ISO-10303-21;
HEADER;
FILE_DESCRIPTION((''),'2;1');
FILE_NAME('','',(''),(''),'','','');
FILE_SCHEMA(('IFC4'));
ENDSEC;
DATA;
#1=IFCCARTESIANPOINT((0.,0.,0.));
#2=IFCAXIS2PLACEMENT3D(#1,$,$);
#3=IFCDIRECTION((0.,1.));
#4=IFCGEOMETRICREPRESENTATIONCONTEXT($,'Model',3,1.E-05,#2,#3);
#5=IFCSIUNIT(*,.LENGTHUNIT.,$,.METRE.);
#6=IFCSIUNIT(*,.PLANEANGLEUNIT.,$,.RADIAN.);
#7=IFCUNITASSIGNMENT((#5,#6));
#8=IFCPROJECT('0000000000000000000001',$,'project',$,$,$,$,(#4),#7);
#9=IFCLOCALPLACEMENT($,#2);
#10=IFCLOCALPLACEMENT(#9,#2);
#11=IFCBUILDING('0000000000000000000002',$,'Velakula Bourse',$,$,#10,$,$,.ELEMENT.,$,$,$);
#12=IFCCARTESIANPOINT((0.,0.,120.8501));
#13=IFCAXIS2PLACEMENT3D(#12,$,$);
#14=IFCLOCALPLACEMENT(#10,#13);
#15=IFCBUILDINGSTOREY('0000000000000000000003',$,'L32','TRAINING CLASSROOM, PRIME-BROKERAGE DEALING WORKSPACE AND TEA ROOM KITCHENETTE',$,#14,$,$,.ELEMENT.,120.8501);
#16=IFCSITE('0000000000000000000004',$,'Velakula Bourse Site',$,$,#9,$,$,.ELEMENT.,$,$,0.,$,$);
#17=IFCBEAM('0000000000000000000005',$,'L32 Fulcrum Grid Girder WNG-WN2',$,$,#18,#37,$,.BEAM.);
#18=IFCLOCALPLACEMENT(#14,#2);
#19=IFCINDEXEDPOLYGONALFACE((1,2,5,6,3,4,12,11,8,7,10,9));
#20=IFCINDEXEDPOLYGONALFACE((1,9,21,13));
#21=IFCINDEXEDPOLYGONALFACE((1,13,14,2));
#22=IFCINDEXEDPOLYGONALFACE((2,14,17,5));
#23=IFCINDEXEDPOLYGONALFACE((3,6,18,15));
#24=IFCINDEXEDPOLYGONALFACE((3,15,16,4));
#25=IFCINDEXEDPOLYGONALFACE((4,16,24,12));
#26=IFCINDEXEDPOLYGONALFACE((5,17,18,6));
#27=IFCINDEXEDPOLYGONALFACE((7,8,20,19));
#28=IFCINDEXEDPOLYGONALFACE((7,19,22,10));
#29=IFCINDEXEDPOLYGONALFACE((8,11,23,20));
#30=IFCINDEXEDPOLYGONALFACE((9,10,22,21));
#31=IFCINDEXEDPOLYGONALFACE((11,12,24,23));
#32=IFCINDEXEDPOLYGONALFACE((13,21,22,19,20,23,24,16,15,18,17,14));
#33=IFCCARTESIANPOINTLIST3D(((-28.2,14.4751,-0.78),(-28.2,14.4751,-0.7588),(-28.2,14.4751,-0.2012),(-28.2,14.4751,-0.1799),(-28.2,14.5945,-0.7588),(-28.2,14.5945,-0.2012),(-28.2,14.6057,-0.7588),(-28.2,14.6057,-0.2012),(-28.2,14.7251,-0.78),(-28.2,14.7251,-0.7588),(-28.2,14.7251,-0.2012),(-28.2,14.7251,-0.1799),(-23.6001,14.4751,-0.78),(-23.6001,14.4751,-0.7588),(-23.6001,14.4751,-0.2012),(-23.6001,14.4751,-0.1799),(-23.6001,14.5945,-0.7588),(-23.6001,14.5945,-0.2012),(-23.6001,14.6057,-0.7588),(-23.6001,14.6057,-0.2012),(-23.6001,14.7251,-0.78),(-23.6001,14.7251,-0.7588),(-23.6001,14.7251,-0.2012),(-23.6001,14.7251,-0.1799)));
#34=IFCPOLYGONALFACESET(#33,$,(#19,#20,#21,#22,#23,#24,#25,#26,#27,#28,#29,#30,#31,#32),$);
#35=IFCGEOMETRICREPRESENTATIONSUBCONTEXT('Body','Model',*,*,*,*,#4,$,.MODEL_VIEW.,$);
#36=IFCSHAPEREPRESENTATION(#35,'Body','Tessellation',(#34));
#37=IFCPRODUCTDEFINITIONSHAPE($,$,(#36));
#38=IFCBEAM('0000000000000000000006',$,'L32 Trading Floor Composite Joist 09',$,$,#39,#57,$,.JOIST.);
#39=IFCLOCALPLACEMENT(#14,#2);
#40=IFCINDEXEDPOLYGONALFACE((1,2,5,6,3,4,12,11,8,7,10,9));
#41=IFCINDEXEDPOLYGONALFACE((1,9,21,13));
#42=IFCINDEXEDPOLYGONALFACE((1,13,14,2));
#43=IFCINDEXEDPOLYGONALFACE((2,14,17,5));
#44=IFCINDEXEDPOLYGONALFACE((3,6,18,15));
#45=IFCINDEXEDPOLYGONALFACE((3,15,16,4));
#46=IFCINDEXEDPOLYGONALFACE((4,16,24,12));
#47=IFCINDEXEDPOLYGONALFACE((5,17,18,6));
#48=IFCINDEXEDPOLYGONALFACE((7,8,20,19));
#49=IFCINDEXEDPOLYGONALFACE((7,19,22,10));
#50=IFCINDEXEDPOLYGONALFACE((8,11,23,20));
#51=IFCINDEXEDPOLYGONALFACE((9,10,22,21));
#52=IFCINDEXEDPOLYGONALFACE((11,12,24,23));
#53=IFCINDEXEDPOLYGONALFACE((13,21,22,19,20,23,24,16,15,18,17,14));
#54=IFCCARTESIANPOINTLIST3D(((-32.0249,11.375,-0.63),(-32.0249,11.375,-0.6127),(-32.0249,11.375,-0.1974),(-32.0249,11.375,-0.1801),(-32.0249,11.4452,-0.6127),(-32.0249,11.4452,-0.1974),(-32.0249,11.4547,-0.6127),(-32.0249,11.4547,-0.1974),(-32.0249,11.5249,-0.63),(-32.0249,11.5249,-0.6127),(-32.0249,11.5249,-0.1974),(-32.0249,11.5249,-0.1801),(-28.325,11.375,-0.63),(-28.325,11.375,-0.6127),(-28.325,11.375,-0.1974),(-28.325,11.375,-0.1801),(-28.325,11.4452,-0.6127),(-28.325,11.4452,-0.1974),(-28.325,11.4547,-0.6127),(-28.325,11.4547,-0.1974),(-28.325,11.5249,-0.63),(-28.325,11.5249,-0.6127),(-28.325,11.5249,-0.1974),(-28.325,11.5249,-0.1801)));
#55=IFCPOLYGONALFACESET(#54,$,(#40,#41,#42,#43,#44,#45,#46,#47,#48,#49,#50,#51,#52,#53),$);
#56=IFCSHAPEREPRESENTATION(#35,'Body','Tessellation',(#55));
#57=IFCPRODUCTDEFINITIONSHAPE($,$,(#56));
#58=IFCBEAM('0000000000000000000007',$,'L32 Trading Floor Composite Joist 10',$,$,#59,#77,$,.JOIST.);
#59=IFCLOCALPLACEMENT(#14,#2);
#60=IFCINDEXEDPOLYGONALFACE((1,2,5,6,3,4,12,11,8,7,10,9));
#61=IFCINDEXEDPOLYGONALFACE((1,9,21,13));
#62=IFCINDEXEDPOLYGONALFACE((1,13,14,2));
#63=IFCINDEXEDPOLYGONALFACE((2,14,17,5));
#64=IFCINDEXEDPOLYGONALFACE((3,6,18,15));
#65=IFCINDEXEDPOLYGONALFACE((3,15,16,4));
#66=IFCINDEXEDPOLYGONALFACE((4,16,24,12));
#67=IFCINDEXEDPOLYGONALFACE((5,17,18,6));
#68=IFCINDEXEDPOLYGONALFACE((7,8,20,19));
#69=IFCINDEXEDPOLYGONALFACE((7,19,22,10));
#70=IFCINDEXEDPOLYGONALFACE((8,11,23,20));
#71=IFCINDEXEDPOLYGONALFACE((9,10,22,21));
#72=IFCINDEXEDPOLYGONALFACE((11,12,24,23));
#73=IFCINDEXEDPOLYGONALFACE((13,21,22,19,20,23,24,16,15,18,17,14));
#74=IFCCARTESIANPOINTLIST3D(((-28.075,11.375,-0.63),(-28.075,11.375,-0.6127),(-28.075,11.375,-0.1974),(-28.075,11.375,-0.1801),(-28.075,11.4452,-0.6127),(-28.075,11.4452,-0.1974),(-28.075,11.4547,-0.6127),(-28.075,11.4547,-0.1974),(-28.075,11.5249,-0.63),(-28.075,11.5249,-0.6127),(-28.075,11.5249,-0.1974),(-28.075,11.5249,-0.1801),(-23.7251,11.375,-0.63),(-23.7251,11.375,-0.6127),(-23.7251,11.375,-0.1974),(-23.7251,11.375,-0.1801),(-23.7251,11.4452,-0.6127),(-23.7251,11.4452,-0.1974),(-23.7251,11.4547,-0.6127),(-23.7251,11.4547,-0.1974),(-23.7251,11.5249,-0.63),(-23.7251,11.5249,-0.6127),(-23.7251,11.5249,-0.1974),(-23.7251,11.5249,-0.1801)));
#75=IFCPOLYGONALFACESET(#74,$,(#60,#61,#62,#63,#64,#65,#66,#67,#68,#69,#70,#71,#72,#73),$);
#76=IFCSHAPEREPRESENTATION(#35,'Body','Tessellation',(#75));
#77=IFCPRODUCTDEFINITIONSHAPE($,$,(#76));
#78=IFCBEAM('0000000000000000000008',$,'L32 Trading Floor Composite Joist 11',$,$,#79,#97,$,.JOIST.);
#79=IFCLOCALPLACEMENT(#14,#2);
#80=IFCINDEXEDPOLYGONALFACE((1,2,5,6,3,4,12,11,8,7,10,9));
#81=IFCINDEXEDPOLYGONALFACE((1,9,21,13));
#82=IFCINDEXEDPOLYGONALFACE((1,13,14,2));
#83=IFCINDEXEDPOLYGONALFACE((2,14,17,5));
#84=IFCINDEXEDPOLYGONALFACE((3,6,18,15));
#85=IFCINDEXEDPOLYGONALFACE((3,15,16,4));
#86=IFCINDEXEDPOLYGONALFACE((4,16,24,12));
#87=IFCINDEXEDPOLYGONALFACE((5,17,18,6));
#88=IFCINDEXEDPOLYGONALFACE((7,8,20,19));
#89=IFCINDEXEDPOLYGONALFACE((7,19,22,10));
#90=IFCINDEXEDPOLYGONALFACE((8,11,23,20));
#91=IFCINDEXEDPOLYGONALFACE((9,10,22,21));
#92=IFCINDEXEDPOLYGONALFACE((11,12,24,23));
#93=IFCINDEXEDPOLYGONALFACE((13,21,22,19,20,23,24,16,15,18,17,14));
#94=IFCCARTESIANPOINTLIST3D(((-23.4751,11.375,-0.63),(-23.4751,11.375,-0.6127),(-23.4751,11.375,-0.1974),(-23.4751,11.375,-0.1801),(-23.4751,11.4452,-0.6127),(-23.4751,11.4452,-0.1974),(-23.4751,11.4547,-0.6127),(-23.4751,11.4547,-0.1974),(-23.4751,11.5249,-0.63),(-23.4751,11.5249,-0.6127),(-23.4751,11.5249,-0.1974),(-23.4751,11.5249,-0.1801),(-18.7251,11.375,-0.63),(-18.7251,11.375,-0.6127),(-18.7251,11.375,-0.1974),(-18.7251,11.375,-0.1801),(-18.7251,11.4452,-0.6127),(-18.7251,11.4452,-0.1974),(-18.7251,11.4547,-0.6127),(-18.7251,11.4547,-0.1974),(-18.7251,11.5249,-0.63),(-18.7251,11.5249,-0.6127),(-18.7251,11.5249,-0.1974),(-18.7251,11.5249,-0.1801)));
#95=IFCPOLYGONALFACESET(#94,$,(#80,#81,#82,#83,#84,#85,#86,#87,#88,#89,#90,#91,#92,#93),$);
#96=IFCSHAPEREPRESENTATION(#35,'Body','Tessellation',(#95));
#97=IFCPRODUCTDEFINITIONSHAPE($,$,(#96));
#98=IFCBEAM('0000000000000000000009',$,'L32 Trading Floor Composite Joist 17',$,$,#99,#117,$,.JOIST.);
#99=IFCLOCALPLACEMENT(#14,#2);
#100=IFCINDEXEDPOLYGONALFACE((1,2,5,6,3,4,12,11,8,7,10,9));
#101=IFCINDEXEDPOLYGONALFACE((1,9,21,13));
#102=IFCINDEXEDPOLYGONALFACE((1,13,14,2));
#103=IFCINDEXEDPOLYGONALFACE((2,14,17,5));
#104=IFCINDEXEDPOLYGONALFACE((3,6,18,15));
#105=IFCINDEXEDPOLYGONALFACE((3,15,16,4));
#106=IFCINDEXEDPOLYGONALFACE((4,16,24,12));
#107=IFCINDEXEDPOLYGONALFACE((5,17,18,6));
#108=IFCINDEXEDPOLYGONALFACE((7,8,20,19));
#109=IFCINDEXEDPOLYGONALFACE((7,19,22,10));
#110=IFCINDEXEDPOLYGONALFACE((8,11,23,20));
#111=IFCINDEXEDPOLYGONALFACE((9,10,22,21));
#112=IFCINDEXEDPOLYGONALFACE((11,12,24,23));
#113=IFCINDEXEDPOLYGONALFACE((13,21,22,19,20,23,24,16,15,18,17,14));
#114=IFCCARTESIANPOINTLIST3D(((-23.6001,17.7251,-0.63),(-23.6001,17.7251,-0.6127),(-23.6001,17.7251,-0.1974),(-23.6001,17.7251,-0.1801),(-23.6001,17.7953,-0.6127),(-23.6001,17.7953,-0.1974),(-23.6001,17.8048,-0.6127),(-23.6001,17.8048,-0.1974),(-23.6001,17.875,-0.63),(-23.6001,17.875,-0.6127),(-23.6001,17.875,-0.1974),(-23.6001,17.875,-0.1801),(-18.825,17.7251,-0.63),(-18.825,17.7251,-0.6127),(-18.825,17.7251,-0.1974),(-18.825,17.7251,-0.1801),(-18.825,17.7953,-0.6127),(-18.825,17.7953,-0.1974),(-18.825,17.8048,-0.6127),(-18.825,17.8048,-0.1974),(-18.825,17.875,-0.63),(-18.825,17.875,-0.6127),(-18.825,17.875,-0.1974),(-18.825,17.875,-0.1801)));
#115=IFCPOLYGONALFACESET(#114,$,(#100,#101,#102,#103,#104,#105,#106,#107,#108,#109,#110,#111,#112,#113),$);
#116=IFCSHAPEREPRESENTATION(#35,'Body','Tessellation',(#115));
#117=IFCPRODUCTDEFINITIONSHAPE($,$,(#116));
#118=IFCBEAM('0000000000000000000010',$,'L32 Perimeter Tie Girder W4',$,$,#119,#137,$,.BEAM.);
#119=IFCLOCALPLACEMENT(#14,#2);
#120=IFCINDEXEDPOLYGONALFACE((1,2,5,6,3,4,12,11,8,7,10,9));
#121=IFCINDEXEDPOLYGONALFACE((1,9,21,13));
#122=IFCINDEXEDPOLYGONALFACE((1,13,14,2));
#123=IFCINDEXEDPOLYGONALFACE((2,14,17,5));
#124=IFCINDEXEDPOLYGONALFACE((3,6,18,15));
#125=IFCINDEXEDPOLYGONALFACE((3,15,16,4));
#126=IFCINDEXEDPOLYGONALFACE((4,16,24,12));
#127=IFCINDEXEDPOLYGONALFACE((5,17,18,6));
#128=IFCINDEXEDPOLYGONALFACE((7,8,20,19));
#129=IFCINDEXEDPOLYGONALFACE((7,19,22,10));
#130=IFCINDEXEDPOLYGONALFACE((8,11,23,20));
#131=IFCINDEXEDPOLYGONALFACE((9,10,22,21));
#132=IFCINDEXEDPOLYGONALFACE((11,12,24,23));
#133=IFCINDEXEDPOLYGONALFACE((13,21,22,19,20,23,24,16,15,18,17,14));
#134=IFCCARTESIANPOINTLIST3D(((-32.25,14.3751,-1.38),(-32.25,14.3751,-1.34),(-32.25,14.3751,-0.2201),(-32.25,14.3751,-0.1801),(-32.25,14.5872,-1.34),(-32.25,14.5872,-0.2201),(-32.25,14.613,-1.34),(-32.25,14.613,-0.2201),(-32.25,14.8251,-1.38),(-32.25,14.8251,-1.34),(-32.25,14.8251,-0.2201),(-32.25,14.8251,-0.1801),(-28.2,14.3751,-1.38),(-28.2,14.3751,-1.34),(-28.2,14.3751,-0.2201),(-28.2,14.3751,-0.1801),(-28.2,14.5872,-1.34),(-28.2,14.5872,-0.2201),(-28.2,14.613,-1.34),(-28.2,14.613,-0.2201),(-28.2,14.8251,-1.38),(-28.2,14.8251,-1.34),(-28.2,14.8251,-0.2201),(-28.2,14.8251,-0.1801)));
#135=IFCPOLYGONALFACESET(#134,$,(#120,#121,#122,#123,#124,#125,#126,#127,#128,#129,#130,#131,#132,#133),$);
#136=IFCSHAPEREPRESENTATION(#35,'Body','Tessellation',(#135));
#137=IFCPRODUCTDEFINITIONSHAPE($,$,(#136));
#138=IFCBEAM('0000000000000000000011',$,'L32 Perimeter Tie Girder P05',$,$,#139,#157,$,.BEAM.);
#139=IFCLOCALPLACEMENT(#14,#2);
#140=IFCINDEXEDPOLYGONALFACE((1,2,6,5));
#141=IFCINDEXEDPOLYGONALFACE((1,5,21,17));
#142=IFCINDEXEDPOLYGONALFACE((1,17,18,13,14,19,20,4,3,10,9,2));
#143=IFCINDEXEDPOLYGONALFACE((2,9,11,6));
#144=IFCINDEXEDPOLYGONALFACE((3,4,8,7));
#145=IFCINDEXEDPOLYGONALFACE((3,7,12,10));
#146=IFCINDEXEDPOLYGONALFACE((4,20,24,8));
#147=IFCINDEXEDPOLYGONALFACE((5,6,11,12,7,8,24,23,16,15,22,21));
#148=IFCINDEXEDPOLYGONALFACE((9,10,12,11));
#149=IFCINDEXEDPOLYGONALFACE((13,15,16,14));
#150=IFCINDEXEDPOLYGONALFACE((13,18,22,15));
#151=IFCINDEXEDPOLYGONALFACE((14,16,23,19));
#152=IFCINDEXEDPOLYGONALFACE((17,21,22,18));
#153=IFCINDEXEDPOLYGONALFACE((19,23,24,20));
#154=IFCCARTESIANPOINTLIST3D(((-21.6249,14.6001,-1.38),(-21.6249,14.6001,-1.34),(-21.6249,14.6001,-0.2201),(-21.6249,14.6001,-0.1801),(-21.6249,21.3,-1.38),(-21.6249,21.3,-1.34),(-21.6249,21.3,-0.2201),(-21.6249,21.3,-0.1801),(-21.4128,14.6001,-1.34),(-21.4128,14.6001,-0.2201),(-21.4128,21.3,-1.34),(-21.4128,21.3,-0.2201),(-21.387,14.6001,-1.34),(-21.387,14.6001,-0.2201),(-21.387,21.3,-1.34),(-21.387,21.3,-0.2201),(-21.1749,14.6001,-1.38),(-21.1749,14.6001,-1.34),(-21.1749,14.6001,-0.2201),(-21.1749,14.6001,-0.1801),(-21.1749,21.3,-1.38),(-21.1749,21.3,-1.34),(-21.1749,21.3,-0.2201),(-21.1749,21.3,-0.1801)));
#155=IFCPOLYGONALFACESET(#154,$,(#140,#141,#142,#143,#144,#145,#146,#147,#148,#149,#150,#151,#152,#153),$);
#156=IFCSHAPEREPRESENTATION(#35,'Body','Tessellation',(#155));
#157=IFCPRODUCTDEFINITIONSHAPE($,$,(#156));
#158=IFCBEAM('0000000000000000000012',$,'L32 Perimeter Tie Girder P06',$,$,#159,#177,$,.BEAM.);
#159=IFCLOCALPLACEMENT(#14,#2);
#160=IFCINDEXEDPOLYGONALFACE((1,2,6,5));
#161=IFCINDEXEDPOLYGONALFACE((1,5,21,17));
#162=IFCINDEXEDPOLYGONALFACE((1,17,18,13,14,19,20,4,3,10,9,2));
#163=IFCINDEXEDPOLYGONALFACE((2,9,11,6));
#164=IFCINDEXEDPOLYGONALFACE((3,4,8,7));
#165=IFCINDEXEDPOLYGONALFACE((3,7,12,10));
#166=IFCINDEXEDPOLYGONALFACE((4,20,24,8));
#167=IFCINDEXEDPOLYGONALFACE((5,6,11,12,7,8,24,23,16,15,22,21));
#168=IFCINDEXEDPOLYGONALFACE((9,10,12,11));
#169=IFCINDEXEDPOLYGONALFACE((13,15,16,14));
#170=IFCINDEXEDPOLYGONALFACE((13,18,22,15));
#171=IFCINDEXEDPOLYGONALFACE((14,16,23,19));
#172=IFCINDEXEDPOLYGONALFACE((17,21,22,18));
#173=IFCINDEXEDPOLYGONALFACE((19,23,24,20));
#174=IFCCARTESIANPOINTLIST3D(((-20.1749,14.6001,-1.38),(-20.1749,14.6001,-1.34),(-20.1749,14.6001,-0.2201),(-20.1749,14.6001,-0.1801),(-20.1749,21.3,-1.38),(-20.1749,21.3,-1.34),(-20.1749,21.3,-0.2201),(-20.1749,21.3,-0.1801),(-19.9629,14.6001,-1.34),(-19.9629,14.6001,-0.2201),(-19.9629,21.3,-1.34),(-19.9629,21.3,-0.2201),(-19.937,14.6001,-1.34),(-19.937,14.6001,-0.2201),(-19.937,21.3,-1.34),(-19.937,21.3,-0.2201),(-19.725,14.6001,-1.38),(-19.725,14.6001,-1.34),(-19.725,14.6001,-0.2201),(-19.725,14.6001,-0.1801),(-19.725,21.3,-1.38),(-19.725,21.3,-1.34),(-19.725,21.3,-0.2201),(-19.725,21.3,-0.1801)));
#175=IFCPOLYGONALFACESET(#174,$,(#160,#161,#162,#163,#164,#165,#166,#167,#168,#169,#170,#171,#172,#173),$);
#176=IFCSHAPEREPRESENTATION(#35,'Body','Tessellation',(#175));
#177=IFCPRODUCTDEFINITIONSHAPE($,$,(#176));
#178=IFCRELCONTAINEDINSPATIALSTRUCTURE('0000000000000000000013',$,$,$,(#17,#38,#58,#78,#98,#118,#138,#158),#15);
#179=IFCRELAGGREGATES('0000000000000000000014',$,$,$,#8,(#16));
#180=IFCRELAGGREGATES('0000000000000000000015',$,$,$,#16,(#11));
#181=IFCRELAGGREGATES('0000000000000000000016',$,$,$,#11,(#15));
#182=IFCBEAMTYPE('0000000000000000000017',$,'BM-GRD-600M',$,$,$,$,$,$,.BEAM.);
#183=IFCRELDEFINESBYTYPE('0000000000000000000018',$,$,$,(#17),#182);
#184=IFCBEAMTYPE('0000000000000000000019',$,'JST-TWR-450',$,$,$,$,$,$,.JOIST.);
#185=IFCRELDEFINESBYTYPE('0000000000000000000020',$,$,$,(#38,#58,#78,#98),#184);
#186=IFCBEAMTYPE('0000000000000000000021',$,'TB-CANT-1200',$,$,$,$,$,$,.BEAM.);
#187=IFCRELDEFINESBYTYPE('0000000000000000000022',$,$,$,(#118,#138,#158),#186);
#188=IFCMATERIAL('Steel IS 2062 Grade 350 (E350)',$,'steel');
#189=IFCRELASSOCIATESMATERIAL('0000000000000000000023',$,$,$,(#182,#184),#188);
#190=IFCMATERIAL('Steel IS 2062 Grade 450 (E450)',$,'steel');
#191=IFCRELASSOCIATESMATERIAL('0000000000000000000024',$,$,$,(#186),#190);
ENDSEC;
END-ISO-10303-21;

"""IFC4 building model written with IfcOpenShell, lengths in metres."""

from ifc_helpers import new_model, si_unit, direction, frame, origin, origin_2d, place, context, subcontext, project, spatial, i_section, extrude, material, material_profile, profile_set, type_object, element, save


model = new_model("IFC4")

# Units and contexts
model_context = context("Model", 3, precision=1e-05, world=origin(), true_north=direction((0.0, 1.0)))
body_context = subcontext(model_context, "Body", "Model", "MODEL_VIEW")
ifc_project = project(units=[si_unit("LENGTHUNIT", "METRE"), si_unit("PLANEANGLEUNIT", "RADIAN")], contexts=[model_context])

# Site, building, storey
site_placement = place(None, origin())
site = spatial("IfcSite", under=ifc_project, at=site_placement, Name="Velakula Bourse Site", CompositionType="ELEMENT", RefElevation=0.0)
building_placement = place(site_placement, origin())
building = spatial("IfcBuilding", under=site, at=building_placement, Name="Velakula Bourse", CompositionType="ELEMENT")
storey_placement = place(building_placement, frame((0.0, 0.0, 120.8501)))
storey = spatial("IfcBuildingStorey", under=building, at=storey_placement, Name="L32", Description="TRAINING CLASSROOM, PRIME-BROKERAGE DEALING WORKSPACE AND TEA ROOM KITCHENETTE", CompositionType="ELEMENT", Elevation=120.8501)

# Shared definitions
ifc_material_1 = material(Name="Steel IS 2062 Grade 350 (E350)", Category="steel")

# Beams
ifc_material_profile_1 = material_profile(ifc_material_1, i_section(OverallWidth=0.25, OverallDepth=0.6001, WebThickness=0.0112, FlangeThickness=0.0212, at=origin_2d()), Name="Steel IS 2062 Grade 350 (E350)")
ifc_profile_set_1 = profile_set([ifc_material_profile_1], Name="Steel IS 2062 Grade 350 (E350)")
beam_type_1 = type_object("IfcBeamType", Name="BM-GRD-600M", PredefinedType="BEAM", material=ifc_profile_set_1)
beam_1_placement = place(storey_placement, frame((-28.2, 14.6001, -0.48), z_axis=(1.0, 0.0, 0.0), x_axis=(0.0, 1.0, 0.0)))
element("IfcBeam", 1, at=beam_1_placement, inside=storey, type_object=beam_type_1, Name="L32 Fulcrum Grid Girder WNG-WN2", PredefinedType="BEAM", context=body_context, shape_type="SweptSolid", body=[
    extrude(i_section(OverallWidth=0.25, OverallDepth=0.6001, WebThickness=0.0112, FlangeThickness=0.0212, at=origin_2d()), origin(), (0.0, 0.0, 1.0), 4.5999),
])
ifc_material_profile_2 = material_profile(ifc_material_1, i_section(OverallWidth=0.1499, OverallDepth=0.45, WebThickness=0.0095, FlangeThickness=0.0173, at=origin_2d()), Name="Steel IS 2062 Grade 350 (E350)")
ifc_profile_set_2 = profile_set([ifc_material_profile_2], Name="Steel IS 2062 Grade 350 (E350)")
beam_type_2 = type_object("IfcBeamType", Name="JST-TWR-450", PredefinedType="JOIST", material=ifc_profile_set_2)
beam_2_placement = place(storey_placement, frame((-32.0249, 11.45, -0.405), z_axis=(1.0, 0.0, 0.0), x_axis=(0.0, 1.0, 0.0)))
element("IfcBeam", 2, at=beam_2_placement, inside=storey, type_object=beam_type_2, Name="L32 Trading Floor Composite Joist 09", PredefinedType="JOIST", context=body_context, shape_type="SweptSolid", body=[
    extrude(i_section(OverallWidth=0.1499, OverallDepth=0.45, WebThickness=0.0095, FlangeThickness=0.0173, at=origin_2d()), origin(), (0.0, 0.0, 1.0), 3.7),
])
beam_3_placement = place(storey_placement, frame((-28.075, 11.45, -0.405), z_axis=(1.0, 0.0, 0.0), x_axis=(0.0, 1.0, 0.0)))
element("IfcBeam", 3, at=beam_3_placement, inside=storey, type_object=beam_type_2, Name="L32 Trading Floor Composite Joist 10", PredefinedType="JOIST", context=body_context, shape_type="SweptSolid", body=[
    extrude(i_section(OverallWidth=0.1499, OverallDepth=0.45, WebThickness=0.0095, FlangeThickness=0.0173, at=origin_2d()), origin(), (0.0, 0.0, 1.0), 4.3499),
])
beam_4_placement = place(storey_placement, frame((-23.4751, 11.45, -0.405), z_axis=(1.0, 0.0, 0.0), x_axis=(0.0, 1.0, 0.0)))
element("IfcBeam", 4, at=beam_4_placement, inside=storey, type_object=beam_type_2, Name="L32 Trading Floor Composite Joist 11", PredefinedType="JOIST", context=body_context, shape_type="SweptSolid", body=[
    extrude(i_section(OverallWidth=0.1499, OverallDepth=0.45, WebThickness=0.0095, FlangeThickness=0.0173, at=origin_2d()), origin(), (0.0, 0.0, 1.0), 4.75),
])
beam_5_placement = place(storey_placement, frame((-23.6001, 17.8, -0.405), z_axis=(1.0, 0.0, 0.0), x_axis=(0.0, 1.0, 0.0)))
element("IfcBeam", 5, at=beam_5_placement, inside=storey, type_object=beam_type_2, Name="L32 Trading Floor Composite Joist 17", PredefinedType="JOIST", context=body_context, shape_type="SweptSolid", body=[
    extrude(i_section(OverallWidth=0.1499, OverallDepth=0.45, WebThickness=0.0095, FlangeThickness=0.0173, at=origin_2d()), origin(), (0.0, 0.0, 1.0), 4.7751),
])
ifc_material_2 = material(Name="Steel IS 2062 Grade 450 (E450)", Category="steel")
ifc_material_profile_3 = material_profile(ifc_material_2, i_section(OverallWidth=0.45, OverallDepth=1.2, WebThickness=0.0259, FlangeThickness=0.04, at=origin_2d()), Name="Steel IS 2062 Grade 450 (E450)")
ifc_profile_set_3 = profile_set([ifc_material_profile_3], Name="Steel IS 2062 Grade 450 (E450)")
beam_type_3 = type_object("IfcBeamType", Name="TB-CANT-1200", PredefinedType="BEAM", material=ifc_profile_set_3)
beam_6_placement = place(storey_placement, frame((-28.2, 14.6001, -0.78), z_axis=(-1.0, 0.0, 0.0), x_axis=(0.0, -1.0, 0.0)))
element("IfcBeam", 6, at=beam_6_placement, inside=storey, type_object=beam_type_3, Name="L32 Perimeter Tie Girder W4", PredefinedType="BEAM", context=body_context, shape_type="SweptSolid", body=[
    extrude(i_section(OverallWidth=0.45, OverallDepth=1.2, WebThickness=0.0259, FlangeThickness=0.04, at=origin_2d()), origin(), (0.0, 0.0, 1.0), 4.05),
])
for number, where, z_axis, x_axis, name in (
    (7, (-21.3999, 14.6001, -0.78), (0.0, 1.0, 0.0), (-1.0, 0.0, 0.0), "L32 Perimeter Tie Girder P05"),
    (8, (-19.95, 14.6001, -0.78), (0.0, 1.0, 0.0), (-1.0, 0.0, 0.0), "L32 Perimeter Tie Girder P06"),
):
    element("IfcBeam", number, at=place(storey_placement, frame(where, z_axis=z_axis, x_axis=x_axis)), inside=storey, type_object=beam_type_3, Name=name, PredefinedType="BEAM", context=body_context, shape_type="SweptSolid", body=[
        extrude(i_section(OverallWidth=0.45, OverallDepth=1.2, WebThickness=0.0259, FlangeThickness=0.04, at=origin_2d()), origin(), (0.0, 0.0, 1.0), 6.7),
    ])

save(model, "model.ifc")
